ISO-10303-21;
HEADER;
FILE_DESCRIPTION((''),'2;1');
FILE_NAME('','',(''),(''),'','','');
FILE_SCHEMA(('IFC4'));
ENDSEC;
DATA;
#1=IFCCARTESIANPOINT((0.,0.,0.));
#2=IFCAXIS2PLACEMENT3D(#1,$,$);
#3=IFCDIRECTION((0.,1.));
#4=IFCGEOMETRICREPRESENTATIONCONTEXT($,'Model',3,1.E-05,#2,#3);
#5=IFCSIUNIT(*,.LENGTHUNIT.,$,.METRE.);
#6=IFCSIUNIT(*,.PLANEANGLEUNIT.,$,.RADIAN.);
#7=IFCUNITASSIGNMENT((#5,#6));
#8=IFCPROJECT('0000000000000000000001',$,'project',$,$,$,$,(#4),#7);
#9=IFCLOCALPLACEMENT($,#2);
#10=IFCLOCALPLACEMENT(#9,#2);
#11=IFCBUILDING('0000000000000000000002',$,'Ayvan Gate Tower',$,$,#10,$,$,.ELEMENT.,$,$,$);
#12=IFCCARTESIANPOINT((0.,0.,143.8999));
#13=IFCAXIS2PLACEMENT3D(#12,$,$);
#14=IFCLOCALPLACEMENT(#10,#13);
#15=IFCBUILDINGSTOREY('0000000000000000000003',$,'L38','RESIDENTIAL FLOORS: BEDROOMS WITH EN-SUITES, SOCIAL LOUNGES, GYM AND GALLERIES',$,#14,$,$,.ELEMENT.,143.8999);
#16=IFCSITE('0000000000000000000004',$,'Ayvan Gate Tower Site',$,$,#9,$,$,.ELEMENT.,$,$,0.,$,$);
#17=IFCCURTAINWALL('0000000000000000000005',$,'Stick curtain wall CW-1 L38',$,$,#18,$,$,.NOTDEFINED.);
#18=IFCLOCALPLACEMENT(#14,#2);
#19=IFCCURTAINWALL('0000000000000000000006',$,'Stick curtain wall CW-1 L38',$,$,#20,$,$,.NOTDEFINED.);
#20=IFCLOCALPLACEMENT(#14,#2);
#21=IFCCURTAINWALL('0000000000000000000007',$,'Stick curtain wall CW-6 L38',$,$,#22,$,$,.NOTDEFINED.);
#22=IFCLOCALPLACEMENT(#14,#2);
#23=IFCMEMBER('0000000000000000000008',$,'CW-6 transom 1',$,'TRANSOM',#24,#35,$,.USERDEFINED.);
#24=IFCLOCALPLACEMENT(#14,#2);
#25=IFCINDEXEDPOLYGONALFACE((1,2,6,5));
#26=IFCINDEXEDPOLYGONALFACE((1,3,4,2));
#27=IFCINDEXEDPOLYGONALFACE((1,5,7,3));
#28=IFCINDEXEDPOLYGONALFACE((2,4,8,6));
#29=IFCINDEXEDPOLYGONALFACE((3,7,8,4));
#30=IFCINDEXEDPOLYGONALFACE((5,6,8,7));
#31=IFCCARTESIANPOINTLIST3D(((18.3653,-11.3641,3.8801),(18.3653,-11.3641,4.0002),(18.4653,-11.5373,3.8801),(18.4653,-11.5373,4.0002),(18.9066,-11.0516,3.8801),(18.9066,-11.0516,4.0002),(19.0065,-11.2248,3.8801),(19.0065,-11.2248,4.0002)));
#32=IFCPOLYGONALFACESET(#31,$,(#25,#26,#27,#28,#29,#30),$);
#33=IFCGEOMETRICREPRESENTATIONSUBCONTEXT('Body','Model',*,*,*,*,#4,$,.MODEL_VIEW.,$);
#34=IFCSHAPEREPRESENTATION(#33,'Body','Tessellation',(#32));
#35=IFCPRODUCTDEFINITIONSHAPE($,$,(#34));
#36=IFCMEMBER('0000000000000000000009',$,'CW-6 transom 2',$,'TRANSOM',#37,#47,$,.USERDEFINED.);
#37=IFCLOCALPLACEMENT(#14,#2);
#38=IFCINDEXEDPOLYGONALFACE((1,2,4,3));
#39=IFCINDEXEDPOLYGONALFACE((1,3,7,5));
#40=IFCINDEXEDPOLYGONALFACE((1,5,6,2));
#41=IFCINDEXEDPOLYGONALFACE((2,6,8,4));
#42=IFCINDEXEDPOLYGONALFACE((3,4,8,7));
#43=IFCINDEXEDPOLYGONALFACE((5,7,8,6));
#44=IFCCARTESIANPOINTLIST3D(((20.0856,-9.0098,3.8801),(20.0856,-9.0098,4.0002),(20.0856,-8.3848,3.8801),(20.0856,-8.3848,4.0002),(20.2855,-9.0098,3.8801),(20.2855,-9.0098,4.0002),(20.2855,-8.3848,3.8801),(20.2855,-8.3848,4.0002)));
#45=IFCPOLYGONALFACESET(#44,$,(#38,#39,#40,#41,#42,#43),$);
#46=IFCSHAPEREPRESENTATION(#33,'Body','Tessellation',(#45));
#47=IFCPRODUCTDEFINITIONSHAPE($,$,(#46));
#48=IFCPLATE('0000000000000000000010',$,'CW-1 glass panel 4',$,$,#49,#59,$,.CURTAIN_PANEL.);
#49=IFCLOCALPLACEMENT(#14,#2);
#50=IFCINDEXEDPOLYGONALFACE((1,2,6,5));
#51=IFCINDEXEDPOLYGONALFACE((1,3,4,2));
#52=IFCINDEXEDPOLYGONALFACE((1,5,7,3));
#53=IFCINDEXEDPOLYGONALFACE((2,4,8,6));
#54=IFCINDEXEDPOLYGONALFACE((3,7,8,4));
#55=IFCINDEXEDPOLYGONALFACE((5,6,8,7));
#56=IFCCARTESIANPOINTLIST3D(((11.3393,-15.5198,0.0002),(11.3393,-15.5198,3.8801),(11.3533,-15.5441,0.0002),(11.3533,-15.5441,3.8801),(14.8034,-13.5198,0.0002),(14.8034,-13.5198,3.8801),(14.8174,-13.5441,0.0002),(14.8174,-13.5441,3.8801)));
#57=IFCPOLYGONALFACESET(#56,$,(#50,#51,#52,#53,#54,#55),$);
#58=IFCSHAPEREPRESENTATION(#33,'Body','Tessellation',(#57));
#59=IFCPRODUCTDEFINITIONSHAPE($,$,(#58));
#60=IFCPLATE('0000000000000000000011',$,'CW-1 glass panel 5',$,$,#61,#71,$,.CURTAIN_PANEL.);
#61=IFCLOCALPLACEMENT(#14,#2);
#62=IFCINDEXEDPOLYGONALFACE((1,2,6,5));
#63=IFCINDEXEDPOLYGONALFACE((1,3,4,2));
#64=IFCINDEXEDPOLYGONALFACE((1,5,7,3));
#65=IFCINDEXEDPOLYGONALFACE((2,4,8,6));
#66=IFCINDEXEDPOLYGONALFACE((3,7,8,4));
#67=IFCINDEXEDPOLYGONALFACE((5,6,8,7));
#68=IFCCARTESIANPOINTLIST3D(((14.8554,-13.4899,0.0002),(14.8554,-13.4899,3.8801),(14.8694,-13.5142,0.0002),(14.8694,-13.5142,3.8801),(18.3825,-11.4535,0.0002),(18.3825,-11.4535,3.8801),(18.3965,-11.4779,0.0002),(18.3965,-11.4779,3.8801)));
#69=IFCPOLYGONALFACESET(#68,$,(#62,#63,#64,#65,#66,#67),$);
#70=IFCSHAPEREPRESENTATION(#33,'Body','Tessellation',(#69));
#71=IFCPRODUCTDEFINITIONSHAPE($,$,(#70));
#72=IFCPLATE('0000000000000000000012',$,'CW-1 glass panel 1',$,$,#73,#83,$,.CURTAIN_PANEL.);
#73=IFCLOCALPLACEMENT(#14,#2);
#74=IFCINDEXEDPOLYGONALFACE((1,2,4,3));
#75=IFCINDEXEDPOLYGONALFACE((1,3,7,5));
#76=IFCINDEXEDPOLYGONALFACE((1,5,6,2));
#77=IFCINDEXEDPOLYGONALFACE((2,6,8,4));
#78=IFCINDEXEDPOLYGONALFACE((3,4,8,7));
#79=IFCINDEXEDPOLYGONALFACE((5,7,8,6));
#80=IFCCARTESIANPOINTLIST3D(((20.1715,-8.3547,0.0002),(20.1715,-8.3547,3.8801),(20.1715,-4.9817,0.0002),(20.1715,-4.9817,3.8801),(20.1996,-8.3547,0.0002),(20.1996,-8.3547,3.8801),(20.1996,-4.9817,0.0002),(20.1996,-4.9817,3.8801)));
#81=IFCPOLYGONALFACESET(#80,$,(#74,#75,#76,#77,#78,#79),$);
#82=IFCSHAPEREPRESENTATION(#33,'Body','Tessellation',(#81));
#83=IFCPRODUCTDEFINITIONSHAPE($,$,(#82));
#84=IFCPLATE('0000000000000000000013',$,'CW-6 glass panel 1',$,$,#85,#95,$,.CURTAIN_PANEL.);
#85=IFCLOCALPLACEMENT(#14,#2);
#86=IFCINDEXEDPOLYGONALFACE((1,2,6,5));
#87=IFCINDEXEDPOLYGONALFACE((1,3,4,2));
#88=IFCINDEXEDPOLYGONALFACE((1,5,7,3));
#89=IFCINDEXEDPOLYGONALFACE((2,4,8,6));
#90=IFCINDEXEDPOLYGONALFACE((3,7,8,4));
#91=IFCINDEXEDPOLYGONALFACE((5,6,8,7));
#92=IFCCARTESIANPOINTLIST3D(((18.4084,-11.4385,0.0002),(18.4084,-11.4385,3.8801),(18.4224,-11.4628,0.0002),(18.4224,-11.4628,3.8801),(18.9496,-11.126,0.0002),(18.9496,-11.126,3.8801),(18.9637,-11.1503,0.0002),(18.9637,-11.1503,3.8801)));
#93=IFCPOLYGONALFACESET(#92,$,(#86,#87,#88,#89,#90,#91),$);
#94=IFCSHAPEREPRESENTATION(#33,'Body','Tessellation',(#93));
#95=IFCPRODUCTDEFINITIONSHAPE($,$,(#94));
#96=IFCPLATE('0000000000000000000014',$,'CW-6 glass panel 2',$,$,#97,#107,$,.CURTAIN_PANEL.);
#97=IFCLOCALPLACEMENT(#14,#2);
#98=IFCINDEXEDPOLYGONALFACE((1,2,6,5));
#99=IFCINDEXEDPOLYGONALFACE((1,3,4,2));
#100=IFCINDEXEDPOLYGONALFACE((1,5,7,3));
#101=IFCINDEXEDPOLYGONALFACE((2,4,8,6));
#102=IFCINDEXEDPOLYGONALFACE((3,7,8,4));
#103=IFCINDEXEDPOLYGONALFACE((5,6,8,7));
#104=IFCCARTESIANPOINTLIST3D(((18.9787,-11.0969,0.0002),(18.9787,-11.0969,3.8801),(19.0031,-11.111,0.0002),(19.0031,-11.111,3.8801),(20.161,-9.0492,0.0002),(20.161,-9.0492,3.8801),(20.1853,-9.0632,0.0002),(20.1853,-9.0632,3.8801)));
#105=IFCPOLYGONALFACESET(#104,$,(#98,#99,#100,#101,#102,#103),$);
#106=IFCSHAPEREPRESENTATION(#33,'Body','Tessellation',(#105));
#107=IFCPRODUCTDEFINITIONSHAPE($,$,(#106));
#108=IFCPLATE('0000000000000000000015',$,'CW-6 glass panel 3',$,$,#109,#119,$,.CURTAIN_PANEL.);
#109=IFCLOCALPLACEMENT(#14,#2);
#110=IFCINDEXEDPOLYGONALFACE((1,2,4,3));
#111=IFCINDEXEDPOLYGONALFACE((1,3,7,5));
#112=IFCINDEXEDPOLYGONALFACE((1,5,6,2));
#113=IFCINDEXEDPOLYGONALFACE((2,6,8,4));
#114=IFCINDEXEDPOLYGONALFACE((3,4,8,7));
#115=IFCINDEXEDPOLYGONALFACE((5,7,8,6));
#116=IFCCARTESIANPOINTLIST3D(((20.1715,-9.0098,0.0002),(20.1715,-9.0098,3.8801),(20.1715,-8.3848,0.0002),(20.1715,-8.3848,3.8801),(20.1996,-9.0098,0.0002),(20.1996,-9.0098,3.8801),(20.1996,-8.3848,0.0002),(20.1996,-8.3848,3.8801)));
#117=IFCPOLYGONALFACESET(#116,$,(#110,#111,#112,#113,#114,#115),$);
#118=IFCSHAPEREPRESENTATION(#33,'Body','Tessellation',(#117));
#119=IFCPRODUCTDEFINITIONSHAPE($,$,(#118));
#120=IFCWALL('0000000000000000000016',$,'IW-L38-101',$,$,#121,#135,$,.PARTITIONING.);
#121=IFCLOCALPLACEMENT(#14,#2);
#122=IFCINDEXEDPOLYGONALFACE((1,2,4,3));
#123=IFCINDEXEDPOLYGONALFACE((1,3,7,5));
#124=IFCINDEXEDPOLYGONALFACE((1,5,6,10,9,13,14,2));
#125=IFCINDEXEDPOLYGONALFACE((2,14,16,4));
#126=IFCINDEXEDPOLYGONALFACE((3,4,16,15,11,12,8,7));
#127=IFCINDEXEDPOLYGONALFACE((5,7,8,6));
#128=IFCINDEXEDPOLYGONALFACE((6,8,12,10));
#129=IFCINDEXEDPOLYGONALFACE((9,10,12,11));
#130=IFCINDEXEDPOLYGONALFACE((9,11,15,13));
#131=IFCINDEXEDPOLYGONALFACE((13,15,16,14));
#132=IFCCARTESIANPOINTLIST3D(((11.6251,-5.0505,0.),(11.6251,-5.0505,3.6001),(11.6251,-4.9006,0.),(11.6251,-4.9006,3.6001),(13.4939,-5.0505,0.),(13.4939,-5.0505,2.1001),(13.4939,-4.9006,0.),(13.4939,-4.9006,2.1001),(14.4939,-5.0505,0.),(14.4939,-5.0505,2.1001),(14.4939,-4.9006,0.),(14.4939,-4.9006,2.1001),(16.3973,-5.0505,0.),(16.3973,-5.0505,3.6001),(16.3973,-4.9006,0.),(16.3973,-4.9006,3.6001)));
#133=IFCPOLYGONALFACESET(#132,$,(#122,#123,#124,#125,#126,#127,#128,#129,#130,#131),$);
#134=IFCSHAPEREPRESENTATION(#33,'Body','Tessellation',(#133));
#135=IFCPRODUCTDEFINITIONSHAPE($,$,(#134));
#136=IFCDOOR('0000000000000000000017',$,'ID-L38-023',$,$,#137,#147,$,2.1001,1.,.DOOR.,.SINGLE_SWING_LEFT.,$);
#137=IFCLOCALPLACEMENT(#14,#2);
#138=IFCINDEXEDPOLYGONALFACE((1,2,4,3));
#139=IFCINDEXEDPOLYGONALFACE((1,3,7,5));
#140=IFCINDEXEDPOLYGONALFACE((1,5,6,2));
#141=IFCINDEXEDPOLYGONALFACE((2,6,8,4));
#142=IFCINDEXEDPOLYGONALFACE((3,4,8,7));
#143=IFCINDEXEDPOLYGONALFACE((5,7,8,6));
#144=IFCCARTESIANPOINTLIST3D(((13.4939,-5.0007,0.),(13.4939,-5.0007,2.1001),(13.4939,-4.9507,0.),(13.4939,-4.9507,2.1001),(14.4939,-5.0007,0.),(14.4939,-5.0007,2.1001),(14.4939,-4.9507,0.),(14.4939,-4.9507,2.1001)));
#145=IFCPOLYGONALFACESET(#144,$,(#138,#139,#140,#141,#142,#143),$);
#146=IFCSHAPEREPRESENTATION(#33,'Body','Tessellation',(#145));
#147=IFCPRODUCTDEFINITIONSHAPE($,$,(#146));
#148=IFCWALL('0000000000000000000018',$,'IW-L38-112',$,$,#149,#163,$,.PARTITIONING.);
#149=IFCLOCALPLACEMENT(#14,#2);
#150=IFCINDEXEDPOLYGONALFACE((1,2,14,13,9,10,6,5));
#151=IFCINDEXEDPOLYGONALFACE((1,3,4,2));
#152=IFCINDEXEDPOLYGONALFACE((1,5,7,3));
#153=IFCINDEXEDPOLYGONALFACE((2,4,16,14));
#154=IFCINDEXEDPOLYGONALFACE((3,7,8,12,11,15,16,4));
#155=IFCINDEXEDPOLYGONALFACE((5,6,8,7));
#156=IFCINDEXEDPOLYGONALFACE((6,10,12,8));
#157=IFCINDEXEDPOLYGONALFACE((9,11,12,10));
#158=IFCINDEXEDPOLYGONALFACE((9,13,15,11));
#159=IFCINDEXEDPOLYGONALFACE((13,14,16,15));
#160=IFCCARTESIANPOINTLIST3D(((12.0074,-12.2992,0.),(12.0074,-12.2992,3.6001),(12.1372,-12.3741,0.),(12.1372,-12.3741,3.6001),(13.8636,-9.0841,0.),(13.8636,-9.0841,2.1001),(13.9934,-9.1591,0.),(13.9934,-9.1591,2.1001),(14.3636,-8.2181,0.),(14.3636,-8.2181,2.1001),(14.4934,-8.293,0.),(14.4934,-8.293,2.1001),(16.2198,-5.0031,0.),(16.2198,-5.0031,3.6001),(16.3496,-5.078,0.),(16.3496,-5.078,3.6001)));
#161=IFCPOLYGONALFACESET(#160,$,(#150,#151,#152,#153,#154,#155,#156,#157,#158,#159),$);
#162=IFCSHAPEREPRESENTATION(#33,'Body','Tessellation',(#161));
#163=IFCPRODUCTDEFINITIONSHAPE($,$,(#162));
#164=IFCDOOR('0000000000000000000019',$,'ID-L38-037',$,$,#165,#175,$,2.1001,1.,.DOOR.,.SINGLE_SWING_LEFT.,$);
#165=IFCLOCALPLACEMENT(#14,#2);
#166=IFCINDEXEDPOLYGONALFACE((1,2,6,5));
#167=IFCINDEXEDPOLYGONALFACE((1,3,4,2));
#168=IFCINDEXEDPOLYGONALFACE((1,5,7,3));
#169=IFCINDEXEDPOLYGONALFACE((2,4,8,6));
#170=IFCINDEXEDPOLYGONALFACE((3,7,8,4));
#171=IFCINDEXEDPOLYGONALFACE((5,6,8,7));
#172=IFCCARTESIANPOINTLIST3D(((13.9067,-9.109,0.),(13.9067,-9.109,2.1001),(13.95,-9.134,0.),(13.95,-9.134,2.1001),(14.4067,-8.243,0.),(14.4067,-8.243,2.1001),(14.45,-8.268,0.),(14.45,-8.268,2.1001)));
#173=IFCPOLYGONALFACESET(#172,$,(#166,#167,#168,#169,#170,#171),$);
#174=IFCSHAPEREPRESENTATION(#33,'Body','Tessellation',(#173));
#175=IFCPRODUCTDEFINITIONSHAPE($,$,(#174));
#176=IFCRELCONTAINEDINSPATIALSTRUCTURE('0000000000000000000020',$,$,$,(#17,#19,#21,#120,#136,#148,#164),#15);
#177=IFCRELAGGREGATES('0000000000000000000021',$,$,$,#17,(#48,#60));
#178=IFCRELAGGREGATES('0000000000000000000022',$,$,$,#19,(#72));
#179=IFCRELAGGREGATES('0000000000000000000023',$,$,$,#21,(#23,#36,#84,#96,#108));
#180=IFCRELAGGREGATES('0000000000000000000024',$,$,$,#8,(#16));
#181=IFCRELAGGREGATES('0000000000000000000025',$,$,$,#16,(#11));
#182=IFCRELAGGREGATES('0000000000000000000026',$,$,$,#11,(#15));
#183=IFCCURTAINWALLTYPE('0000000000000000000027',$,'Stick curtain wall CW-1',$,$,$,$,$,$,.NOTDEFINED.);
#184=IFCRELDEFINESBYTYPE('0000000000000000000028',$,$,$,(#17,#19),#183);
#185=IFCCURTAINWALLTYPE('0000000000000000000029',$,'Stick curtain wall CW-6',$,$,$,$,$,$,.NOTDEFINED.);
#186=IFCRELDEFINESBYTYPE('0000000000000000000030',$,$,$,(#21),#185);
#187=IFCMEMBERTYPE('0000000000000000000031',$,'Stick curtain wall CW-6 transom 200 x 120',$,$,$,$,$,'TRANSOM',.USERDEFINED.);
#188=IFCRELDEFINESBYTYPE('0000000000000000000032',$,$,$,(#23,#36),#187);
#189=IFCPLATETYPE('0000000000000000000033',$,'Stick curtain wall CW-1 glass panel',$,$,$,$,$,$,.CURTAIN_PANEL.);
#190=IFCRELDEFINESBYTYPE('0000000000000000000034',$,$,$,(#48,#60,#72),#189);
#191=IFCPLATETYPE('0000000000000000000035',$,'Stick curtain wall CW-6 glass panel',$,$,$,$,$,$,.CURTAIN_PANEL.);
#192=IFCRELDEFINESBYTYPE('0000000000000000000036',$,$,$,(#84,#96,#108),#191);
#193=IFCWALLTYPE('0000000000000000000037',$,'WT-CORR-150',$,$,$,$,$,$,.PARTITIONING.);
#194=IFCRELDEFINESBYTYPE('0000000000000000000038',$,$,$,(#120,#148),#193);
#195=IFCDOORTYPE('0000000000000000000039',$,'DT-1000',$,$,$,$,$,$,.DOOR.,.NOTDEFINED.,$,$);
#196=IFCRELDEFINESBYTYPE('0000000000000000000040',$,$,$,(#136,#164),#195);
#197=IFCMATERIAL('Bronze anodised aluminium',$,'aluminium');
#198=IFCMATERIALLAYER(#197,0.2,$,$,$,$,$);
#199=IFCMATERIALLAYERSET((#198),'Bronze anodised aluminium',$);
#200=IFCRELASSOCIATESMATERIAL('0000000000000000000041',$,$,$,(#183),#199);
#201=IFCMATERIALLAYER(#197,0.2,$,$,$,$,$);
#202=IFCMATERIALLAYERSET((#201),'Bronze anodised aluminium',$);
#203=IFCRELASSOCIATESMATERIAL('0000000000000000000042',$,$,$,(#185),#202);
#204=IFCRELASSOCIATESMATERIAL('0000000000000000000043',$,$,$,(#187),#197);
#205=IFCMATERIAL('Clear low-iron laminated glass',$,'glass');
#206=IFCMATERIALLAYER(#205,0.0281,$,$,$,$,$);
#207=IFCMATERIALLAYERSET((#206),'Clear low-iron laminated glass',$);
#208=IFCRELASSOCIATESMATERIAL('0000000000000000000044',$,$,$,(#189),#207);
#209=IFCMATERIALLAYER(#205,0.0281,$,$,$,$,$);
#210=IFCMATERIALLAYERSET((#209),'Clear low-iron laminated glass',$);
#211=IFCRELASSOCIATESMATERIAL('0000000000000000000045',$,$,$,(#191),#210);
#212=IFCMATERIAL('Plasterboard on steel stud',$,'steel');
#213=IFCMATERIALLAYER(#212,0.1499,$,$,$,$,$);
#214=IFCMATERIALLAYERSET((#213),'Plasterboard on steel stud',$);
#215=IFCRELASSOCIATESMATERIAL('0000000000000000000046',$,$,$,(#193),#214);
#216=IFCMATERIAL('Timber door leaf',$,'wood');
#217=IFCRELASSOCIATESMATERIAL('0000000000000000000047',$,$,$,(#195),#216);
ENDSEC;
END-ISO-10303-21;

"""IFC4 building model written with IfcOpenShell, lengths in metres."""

from ifc_helpers import new_model, si_unit, direction, frame, frame_2d, origin, origin_2d, place, context, subcontext, project, spatial, rectangle, extrude, material, layer, layer_set, material_profile, profile_set, type_object, element, fill, aggregate, save


model = new_model("IFC4")

# Units and contexts
model_context = context("Model", 3, precision=1e-05, world=origin(), true_north=direction((0.0, 1.0)))
body_context = subcontext(model_context, "Body", "Model", "MODEL_VIEW")
ifc_project = project(units=[si_unit("LENGTHUNIT", "METRE"), si_unit("PLANEANGLEUNIT", "RADIAN")], contexts=[model_context])

# Site, building, storey
site_placement = place(None, origin())
site = spatial("IfcSite", under=ifc_project, at=site_placement, Name="Ayvan Gate Tower Site", CompositionType="ELEMENT", RefElevation=0.0)
building_placement = place(site_placement, origin())
building = spatial("IfcBuilding", under=site, at=building_placement, Name="Ayvan Gate Tower", CompositionType="ELEMENT")
storey_placement = place(building_placement, frame((0.0, 0.0, 143.8999)))
storey = spatial("IfcBuildingStorey", under=building, at=storey_placement, Name="L38", Description="RESIDENTIAL FLOORS: BEDROOMS WITH EN-SUITES, SOCIAL LOUNGES, GYM AND GALLERIES", CompositionType="ELEMENT", Elevation=143.8999)

# Curtain wall
ifc_material_1 = material(Name="Bronze anodised aluminium", Category="aluminium")
ifc_layer_1 = layer(ifc_material_1, 0.2)
ifc_layer_set_1 = layer_set([ifc_layer_1], Name="Bronze anodised aluminium")
curtain_wall_type_1 = type_object("IfcCurtainWallType", Name="Stick curtain wall CW-1", PredefinedType="NOTDEFINED", material=ifc_layer_set_1)
curtain_wall_1_placement = place(storey_placement, origin())
curtain_wall_1 = element("IfcCurtainWall", 1, at=curtain_wall_1_placement, inside=storey, type_object=curtain_wall_type_1, Name="Stick curtain wall CW-1 L38", PredefinedType="NOTDEFINED")

# Curtain wall
curtain_wall_2_placement = place(storey_placement, origin())
curtain_wall_2 = element("IfcCurtainWall", 2, at=curtain_wall_2_placement, inside=storey, type_object=curtain_wall_type_1, Name="Stick curtain wall CW-1 L38", PredefinedType="NOTDEFINED")

# Curtain wall, members
ifc_layer_2 = layer(ifc_material_1, 0.2)
ifc_layer_set_2 = layer_set([ifc_layer_2], Name="Bronze anodised aluminium")
curtain_wall_type_2 = type_object("IfcCurtainWallType", Name="Stick curtain wall CW-6", PredefinedType="NOTDEFINED", material=ifc_layer_set_2)
curtain_wall_3_placement = place(storey_placement, origin())
curtain_wall_3 = element("IfcCurtainWall", 3, at=curtain_wall_3_placement, inside=storey, type_object=curtain_wall_type_2, Name="Stick curtain wall CW-6 L38", PredefinedType="NOTDEFINED")
ifc_material_profile_1 = material_profile(ifc_material_1, rectangle(XDim=0.2, YDim=0.1201, at=origin_2d()), Name="Stick curtain wall CW-6 transom 200 x 120")
ifc_profile_set_1 = profile_set([ifc_material_profile_1], Name="Bronze anodised aluminium")
member_type_1 = type_object("IfcMemberType", Name="Stick curtain wall CW-6 transom 200 x 120", ElementType="TRANSOM", PredefinedType="USERDEFINED", material=ifc_profile_set_1)
member_1_placement = place(storey_placement, frame((18.4153, -11.4507, 3.9402), z_axis=(0.866023, 0.500004, 0.0), x_axis=(-0.500004, 0.866023, 0.0)))
member_1 = element("IfcMember", 4, at=member_1_placement, type_object=member_type_1, Name="CW-6 transom 1", ObjectType="TRANSOM", PredefinedType="USERDEFINED", context=body_context, shape_type="SweptSolid", body=[
    extrude(rectangle(XDim=0.2, YDim=0.1201, at=origin_2d()), origin(), (0.0, 0.0, 1.0), 0.625),
])
member_2_placement = place(storey_placement, frame((20.1855, -9.0098, 3.9402), z_axis=(0.0, 1.0, 0.0), x_axis=(-1.0, 0.0, 0.0)))
member_2 = element("IfcMember", 5, at=member_2_placement, type_object=member_type_1, Name="CW-6 transom 2", ObjectType="TRANSOM", PredefinedType="USERDEFINED", context=body_context, shape_type="SweptSolid", body=[
    extrude(rectangle(XDim=0.2, YDim=0.1201, at=origin_2d()), origin(), (0.0, 0.0, 1.0), 0.625),
])

# Plates
ifc_material_2 = material(Name="Clear low-iron laminated glass", Category="glass")
ifc_layer_3 = layer(ifc_material_2, 0.0281)
ifc_layer_set_3 = layer_set([ifc_layer_3], Name="Clear low-iron laminated glass")
plate_type_1 = type_object("IfcPlateType", Name="Stick curtain wall CW-1 glass panel", PredefinedType="CURTAIN_PANEL", material=ifc_layer_set_3)
plate_1_placement = place(storey_placement, frame((13.0784, -14.532, 0.0002), z_axis=(0.0, 0.0, 1.0), x_axis=(0.866025, 0.5, 0.0)))
plate_1 = element("IfcPlate", 6, at=plate_1_placement, type_object=plate_type_1, Name="CW-1 glass panel 4", PredefinedType="CURTAIN_PANEL", context=body_context, shape_type="SweptSolid", body=[
    extrude(rectangle(XDim=4.0, YDim=0.0281, at=origin_2d()), origin(), (0.0, 0.0, 1.0), 3.8799),
])
plate_2_placement = place(storey_placement, frame((16.626, -12.4839, 0.0002), z_axis=(0.0, 0.0, 1.0), x_axis=(0.866025, 0.5, 0.0)))
plate_2 = element("IfcPlate", 7, at=plate_2_placement, type_object=plate_type_1, Name="CW-1 glass panel 5", PredefinedType="CURTAIN_PANEL", context=body_context, shape_type="SweptSolid", body=[
    extrude(rectangle(XDim=4.0728, YDim=0.0281, at=origin_2d()), origin(), (0.0, 0.0, 1.0), 3.8799),
])
aggregate(curtain_wall_1, [plate_1, plate_2])
plate_3_placement = place(storey_placement, frame((20.1855, -6.6682, 0.0002), z_axis=(0.0, 0.0, 1.0), x_axis=(0.0, 1.0, 0.0)))
plate_3 = element("IfcPlate", 8, at=plate_3_placement, type_object=plate_type_1, Name="CW-1 glass panel 1", PredefinedType="CURTAIN_PANEL", context=body_context, shape_type="SweptSolid", body=[
    extrude(rectangle(XDim=3.373, YDim=0.0281, at=origin_2d()), origin(), (0.0, 0.0, 1.0), 3.8799),
])
aggregate(curtain_wall_2, [plate_3])
ifc_layer_4 = layer(ifc_material_2, 0.0281)
ifc_layer_set_4 = layer_set([ifc_layer_4], Name="Clear low-iron laminated glass")
plate_type_2 = type_object("IfcPlateType", Name="Stick curtain wall CW-6 glass panel", PredefinedType="CURTAIN_PANEL", material=ifc_layer_set_4)
plate_4_placement = place(storey_placement, frame((18.686, -11.2944, 0.0002), z_axis=(0.0, 0.0, 1.0), x_axis=(0.866025, 0.5, 0.0)))
plate_4 = element("IfcPlate", 9, at=plate_4_placement, type_object=plate_type_2, Name="CW-6 glass panel 1", PredefinedType="CURTAIN_PANEL", context=body_context, shape_type="SweptSolid", body=[
    extrude(rectangle(XDim=0.625, YDim=0.0281, at=origin_2d()), origin(), (0.0, 0.0, 1.0), 3.8799),
])
plate_5_placement = place(storey_placement, frame((19.582, -10.0801, 0.0002), z_axis=(0.0, 0.0, 1.0), x_axis=(0.5, 0.866025, 0.0)))
plate_5 = element("IfcPlate", 10, at=plate_5_placement, type_object=plate_type_2, Name="CW-6 glass panel 2", PredefinedType="CURTAIN_PANEL", context=body_context, shape_type="SweptSolid", body=[
    extrude(rectangle(XDim=2.3645, YDim=0.0281, at=origin_2d()), origin(), (0.0, 0.0, 1.0), 3.8799),
])
plate_6_placement = place(storey_placement, frame((20.1855, -8.6973, 0.0002), z_axis=(0.0, 0.0, 1.0), x_axis=(0.0, 1.0, 0.0)))
plate_6 = element("IfcPlate", 11, at=plate_6_placement, type_object=plate_type_2, Name="CW-6 glass panel 3", PredefinedType="CURTAIN_PANEL", context=body_context, shape_type="SweptSolid", body=[
    extrude(rectangle(XDim=0.625, YDim=0.0281, at=origin_2d()), origin(), (0.0, 0.0, 1.0), 3.8799),
])
aggregate(curtain_wall_3, [member_1, member_2, plate_4, plate_5, plate_6])

# Walls, openings, doors
ifc_material_3 = material(Name="Plasterboard on steel stud", Category="steel")
ifc_layer_5 = layer(ifc_material_3, 0.1499)
ifc_layer_set_5 = layer_set([ifc_layer_5], Name="Plasterboard on steel stud")
wall_type_1 = type_object("IfcWallType", Name="WT-CORR-150", PredefinedType="PARTITIONING", material=ifc_layer_set_5)
wall_1_placement = place(storey_placement, frame((11.625, -4.9756, 0.0), z_axis=(0.0, 0.0, 1.0), x_axis=(1.0, 0.0, 0.0)))
wall_1 = element("IfcWall", 12, at=wall_1_placement, inside=storey, type_object=wall_type_1, Name="IW-L38-101", PredefinedType="PARTITIONING", context=body_context, shape_type="SweptSolid", body=[
    extrude(rectangle(XDim=4.7722, YDim=0.1499, at=frame_2d((2.3862, 0.0))), origin(), (0.0, 0.0, 1.0), 3.6001),
])
opening_1_placement = place(wall_1_placement, frame((1.8689, 0.0, 0.0)))
opening_1 = element("IfcOpeningElement", 13, at=opening_1_placement, cuts=wall_1, PredefinedType="OPENING", context=body_context, shape_type="SweptSolid", body=[
    extrude(rectangle(XDim=1.0, YDim=2.1001, at=frame_2d((0.5, 1.05))), frame((0.0, 0.085, 0.0), z_axis=(0.0, -1.0, 0.0), x_axis=(1.0, 0.0, 0.0)), (0.0, 0.0, 1.0), 0.1699),
])
ifc_material_4 = material(Name="Timber door leaf", Category="wood")
door_type = type_object("IfcDoorType", Name="DT-1000", OperationType="NOTDEFINED", PredefinedType="DOOR", material=ifc_material_4)
door_1_placement = place(opening_1_placement, origin())
door_1 = element("IfcDoor", 14, at=door_1_placement, inside=storey, type_object=door_type, Name="ID-L38-023", OperationType="SINGLE_SWING_LEFT", OverallHeight=2.1001, OverallWidth=1.0, PredefinedType="DOOR", context=body_context, shape_type="SweptSolid", body=[
    extrude(rectangle(XDim=1.0, YDim=2.1001, at=frame_2d((0.5, 1.05))), frame((0.0, 0.0249, 0.0), z_axis=(0.0, -1.0, 0.0), x_axis=(1.0, 0.0, 0.0)), (0.0, 0.0, 1.0), 0.05),
])
fill(opening_1, door_1)
wall_2_placement = place(storey_placement, frame((16.2847, -5.0405, 0.0), z_axis=(0.0, 0.0, 1.0), x_axis=(-0.499998, -0.866027, 0.0)))
wall_2 = element("IfcWall", 15, at=wall_2_placement, inside=storey, type_object=wall_type_1, Name="IW-L38-112", PredefinedType="PARTITIONING", context=body_context, shape_type="SweptSolid", body=[
    extrude(rectangle(XDim=8.4248, YDim=0.1499, at=frame_2d((4.2124, 0.0))), origin(), (0.0, 0.0, 1.0), 3.6001),
])
opening_2_placement = place(wall_2_placement, frame((3.7124, 0.0, 0.0)))
opening_2 = element("IfcOpeningElement", 16, at=opening_2_placement, cuts=wall_2, PredefinedType="OPENING", context=body_context, shape_type="SweptSolid", body=[
    extrude(rectangle(XDim=1.0, YDim=2.1001, at=frame_2d((0.5, 1.05))), frame((0.0, 0.085, 0.0), z_axis=(0.0, -1.0, 0.0), x_axis=(1.0, 0.0, 0.0)), (0.0, 0.0, 1.0), 0.1699),
])
door_2_placement = place(opening_2_placement, origin())
door_2 = element("IfcDoor", 17, at=door_2_placement, inside=storey, type_object=door_type, Name="ID-L38-037", OperationType="SINGLE_SWING_LEFT", OverallHeight=2.1001, OverallWidth=1.0, PredefinedType="DOOR", context=body_context, shape_type="SweptSolid", body=[
    extrude(rectangle(XDim=1.0, YDim=2.1001, at=frame_2d((0.5, 1.05))), frame((0.0, 0.0249, 0.0), z_axis=(0.0, -1.0, 0.0), x_axis=(1.0, 0.0, 0.0)), (0.0, 0.0, 1.0), 0.05),
])
fill(opening_2, door_2)

save(model, "model.ifc")
